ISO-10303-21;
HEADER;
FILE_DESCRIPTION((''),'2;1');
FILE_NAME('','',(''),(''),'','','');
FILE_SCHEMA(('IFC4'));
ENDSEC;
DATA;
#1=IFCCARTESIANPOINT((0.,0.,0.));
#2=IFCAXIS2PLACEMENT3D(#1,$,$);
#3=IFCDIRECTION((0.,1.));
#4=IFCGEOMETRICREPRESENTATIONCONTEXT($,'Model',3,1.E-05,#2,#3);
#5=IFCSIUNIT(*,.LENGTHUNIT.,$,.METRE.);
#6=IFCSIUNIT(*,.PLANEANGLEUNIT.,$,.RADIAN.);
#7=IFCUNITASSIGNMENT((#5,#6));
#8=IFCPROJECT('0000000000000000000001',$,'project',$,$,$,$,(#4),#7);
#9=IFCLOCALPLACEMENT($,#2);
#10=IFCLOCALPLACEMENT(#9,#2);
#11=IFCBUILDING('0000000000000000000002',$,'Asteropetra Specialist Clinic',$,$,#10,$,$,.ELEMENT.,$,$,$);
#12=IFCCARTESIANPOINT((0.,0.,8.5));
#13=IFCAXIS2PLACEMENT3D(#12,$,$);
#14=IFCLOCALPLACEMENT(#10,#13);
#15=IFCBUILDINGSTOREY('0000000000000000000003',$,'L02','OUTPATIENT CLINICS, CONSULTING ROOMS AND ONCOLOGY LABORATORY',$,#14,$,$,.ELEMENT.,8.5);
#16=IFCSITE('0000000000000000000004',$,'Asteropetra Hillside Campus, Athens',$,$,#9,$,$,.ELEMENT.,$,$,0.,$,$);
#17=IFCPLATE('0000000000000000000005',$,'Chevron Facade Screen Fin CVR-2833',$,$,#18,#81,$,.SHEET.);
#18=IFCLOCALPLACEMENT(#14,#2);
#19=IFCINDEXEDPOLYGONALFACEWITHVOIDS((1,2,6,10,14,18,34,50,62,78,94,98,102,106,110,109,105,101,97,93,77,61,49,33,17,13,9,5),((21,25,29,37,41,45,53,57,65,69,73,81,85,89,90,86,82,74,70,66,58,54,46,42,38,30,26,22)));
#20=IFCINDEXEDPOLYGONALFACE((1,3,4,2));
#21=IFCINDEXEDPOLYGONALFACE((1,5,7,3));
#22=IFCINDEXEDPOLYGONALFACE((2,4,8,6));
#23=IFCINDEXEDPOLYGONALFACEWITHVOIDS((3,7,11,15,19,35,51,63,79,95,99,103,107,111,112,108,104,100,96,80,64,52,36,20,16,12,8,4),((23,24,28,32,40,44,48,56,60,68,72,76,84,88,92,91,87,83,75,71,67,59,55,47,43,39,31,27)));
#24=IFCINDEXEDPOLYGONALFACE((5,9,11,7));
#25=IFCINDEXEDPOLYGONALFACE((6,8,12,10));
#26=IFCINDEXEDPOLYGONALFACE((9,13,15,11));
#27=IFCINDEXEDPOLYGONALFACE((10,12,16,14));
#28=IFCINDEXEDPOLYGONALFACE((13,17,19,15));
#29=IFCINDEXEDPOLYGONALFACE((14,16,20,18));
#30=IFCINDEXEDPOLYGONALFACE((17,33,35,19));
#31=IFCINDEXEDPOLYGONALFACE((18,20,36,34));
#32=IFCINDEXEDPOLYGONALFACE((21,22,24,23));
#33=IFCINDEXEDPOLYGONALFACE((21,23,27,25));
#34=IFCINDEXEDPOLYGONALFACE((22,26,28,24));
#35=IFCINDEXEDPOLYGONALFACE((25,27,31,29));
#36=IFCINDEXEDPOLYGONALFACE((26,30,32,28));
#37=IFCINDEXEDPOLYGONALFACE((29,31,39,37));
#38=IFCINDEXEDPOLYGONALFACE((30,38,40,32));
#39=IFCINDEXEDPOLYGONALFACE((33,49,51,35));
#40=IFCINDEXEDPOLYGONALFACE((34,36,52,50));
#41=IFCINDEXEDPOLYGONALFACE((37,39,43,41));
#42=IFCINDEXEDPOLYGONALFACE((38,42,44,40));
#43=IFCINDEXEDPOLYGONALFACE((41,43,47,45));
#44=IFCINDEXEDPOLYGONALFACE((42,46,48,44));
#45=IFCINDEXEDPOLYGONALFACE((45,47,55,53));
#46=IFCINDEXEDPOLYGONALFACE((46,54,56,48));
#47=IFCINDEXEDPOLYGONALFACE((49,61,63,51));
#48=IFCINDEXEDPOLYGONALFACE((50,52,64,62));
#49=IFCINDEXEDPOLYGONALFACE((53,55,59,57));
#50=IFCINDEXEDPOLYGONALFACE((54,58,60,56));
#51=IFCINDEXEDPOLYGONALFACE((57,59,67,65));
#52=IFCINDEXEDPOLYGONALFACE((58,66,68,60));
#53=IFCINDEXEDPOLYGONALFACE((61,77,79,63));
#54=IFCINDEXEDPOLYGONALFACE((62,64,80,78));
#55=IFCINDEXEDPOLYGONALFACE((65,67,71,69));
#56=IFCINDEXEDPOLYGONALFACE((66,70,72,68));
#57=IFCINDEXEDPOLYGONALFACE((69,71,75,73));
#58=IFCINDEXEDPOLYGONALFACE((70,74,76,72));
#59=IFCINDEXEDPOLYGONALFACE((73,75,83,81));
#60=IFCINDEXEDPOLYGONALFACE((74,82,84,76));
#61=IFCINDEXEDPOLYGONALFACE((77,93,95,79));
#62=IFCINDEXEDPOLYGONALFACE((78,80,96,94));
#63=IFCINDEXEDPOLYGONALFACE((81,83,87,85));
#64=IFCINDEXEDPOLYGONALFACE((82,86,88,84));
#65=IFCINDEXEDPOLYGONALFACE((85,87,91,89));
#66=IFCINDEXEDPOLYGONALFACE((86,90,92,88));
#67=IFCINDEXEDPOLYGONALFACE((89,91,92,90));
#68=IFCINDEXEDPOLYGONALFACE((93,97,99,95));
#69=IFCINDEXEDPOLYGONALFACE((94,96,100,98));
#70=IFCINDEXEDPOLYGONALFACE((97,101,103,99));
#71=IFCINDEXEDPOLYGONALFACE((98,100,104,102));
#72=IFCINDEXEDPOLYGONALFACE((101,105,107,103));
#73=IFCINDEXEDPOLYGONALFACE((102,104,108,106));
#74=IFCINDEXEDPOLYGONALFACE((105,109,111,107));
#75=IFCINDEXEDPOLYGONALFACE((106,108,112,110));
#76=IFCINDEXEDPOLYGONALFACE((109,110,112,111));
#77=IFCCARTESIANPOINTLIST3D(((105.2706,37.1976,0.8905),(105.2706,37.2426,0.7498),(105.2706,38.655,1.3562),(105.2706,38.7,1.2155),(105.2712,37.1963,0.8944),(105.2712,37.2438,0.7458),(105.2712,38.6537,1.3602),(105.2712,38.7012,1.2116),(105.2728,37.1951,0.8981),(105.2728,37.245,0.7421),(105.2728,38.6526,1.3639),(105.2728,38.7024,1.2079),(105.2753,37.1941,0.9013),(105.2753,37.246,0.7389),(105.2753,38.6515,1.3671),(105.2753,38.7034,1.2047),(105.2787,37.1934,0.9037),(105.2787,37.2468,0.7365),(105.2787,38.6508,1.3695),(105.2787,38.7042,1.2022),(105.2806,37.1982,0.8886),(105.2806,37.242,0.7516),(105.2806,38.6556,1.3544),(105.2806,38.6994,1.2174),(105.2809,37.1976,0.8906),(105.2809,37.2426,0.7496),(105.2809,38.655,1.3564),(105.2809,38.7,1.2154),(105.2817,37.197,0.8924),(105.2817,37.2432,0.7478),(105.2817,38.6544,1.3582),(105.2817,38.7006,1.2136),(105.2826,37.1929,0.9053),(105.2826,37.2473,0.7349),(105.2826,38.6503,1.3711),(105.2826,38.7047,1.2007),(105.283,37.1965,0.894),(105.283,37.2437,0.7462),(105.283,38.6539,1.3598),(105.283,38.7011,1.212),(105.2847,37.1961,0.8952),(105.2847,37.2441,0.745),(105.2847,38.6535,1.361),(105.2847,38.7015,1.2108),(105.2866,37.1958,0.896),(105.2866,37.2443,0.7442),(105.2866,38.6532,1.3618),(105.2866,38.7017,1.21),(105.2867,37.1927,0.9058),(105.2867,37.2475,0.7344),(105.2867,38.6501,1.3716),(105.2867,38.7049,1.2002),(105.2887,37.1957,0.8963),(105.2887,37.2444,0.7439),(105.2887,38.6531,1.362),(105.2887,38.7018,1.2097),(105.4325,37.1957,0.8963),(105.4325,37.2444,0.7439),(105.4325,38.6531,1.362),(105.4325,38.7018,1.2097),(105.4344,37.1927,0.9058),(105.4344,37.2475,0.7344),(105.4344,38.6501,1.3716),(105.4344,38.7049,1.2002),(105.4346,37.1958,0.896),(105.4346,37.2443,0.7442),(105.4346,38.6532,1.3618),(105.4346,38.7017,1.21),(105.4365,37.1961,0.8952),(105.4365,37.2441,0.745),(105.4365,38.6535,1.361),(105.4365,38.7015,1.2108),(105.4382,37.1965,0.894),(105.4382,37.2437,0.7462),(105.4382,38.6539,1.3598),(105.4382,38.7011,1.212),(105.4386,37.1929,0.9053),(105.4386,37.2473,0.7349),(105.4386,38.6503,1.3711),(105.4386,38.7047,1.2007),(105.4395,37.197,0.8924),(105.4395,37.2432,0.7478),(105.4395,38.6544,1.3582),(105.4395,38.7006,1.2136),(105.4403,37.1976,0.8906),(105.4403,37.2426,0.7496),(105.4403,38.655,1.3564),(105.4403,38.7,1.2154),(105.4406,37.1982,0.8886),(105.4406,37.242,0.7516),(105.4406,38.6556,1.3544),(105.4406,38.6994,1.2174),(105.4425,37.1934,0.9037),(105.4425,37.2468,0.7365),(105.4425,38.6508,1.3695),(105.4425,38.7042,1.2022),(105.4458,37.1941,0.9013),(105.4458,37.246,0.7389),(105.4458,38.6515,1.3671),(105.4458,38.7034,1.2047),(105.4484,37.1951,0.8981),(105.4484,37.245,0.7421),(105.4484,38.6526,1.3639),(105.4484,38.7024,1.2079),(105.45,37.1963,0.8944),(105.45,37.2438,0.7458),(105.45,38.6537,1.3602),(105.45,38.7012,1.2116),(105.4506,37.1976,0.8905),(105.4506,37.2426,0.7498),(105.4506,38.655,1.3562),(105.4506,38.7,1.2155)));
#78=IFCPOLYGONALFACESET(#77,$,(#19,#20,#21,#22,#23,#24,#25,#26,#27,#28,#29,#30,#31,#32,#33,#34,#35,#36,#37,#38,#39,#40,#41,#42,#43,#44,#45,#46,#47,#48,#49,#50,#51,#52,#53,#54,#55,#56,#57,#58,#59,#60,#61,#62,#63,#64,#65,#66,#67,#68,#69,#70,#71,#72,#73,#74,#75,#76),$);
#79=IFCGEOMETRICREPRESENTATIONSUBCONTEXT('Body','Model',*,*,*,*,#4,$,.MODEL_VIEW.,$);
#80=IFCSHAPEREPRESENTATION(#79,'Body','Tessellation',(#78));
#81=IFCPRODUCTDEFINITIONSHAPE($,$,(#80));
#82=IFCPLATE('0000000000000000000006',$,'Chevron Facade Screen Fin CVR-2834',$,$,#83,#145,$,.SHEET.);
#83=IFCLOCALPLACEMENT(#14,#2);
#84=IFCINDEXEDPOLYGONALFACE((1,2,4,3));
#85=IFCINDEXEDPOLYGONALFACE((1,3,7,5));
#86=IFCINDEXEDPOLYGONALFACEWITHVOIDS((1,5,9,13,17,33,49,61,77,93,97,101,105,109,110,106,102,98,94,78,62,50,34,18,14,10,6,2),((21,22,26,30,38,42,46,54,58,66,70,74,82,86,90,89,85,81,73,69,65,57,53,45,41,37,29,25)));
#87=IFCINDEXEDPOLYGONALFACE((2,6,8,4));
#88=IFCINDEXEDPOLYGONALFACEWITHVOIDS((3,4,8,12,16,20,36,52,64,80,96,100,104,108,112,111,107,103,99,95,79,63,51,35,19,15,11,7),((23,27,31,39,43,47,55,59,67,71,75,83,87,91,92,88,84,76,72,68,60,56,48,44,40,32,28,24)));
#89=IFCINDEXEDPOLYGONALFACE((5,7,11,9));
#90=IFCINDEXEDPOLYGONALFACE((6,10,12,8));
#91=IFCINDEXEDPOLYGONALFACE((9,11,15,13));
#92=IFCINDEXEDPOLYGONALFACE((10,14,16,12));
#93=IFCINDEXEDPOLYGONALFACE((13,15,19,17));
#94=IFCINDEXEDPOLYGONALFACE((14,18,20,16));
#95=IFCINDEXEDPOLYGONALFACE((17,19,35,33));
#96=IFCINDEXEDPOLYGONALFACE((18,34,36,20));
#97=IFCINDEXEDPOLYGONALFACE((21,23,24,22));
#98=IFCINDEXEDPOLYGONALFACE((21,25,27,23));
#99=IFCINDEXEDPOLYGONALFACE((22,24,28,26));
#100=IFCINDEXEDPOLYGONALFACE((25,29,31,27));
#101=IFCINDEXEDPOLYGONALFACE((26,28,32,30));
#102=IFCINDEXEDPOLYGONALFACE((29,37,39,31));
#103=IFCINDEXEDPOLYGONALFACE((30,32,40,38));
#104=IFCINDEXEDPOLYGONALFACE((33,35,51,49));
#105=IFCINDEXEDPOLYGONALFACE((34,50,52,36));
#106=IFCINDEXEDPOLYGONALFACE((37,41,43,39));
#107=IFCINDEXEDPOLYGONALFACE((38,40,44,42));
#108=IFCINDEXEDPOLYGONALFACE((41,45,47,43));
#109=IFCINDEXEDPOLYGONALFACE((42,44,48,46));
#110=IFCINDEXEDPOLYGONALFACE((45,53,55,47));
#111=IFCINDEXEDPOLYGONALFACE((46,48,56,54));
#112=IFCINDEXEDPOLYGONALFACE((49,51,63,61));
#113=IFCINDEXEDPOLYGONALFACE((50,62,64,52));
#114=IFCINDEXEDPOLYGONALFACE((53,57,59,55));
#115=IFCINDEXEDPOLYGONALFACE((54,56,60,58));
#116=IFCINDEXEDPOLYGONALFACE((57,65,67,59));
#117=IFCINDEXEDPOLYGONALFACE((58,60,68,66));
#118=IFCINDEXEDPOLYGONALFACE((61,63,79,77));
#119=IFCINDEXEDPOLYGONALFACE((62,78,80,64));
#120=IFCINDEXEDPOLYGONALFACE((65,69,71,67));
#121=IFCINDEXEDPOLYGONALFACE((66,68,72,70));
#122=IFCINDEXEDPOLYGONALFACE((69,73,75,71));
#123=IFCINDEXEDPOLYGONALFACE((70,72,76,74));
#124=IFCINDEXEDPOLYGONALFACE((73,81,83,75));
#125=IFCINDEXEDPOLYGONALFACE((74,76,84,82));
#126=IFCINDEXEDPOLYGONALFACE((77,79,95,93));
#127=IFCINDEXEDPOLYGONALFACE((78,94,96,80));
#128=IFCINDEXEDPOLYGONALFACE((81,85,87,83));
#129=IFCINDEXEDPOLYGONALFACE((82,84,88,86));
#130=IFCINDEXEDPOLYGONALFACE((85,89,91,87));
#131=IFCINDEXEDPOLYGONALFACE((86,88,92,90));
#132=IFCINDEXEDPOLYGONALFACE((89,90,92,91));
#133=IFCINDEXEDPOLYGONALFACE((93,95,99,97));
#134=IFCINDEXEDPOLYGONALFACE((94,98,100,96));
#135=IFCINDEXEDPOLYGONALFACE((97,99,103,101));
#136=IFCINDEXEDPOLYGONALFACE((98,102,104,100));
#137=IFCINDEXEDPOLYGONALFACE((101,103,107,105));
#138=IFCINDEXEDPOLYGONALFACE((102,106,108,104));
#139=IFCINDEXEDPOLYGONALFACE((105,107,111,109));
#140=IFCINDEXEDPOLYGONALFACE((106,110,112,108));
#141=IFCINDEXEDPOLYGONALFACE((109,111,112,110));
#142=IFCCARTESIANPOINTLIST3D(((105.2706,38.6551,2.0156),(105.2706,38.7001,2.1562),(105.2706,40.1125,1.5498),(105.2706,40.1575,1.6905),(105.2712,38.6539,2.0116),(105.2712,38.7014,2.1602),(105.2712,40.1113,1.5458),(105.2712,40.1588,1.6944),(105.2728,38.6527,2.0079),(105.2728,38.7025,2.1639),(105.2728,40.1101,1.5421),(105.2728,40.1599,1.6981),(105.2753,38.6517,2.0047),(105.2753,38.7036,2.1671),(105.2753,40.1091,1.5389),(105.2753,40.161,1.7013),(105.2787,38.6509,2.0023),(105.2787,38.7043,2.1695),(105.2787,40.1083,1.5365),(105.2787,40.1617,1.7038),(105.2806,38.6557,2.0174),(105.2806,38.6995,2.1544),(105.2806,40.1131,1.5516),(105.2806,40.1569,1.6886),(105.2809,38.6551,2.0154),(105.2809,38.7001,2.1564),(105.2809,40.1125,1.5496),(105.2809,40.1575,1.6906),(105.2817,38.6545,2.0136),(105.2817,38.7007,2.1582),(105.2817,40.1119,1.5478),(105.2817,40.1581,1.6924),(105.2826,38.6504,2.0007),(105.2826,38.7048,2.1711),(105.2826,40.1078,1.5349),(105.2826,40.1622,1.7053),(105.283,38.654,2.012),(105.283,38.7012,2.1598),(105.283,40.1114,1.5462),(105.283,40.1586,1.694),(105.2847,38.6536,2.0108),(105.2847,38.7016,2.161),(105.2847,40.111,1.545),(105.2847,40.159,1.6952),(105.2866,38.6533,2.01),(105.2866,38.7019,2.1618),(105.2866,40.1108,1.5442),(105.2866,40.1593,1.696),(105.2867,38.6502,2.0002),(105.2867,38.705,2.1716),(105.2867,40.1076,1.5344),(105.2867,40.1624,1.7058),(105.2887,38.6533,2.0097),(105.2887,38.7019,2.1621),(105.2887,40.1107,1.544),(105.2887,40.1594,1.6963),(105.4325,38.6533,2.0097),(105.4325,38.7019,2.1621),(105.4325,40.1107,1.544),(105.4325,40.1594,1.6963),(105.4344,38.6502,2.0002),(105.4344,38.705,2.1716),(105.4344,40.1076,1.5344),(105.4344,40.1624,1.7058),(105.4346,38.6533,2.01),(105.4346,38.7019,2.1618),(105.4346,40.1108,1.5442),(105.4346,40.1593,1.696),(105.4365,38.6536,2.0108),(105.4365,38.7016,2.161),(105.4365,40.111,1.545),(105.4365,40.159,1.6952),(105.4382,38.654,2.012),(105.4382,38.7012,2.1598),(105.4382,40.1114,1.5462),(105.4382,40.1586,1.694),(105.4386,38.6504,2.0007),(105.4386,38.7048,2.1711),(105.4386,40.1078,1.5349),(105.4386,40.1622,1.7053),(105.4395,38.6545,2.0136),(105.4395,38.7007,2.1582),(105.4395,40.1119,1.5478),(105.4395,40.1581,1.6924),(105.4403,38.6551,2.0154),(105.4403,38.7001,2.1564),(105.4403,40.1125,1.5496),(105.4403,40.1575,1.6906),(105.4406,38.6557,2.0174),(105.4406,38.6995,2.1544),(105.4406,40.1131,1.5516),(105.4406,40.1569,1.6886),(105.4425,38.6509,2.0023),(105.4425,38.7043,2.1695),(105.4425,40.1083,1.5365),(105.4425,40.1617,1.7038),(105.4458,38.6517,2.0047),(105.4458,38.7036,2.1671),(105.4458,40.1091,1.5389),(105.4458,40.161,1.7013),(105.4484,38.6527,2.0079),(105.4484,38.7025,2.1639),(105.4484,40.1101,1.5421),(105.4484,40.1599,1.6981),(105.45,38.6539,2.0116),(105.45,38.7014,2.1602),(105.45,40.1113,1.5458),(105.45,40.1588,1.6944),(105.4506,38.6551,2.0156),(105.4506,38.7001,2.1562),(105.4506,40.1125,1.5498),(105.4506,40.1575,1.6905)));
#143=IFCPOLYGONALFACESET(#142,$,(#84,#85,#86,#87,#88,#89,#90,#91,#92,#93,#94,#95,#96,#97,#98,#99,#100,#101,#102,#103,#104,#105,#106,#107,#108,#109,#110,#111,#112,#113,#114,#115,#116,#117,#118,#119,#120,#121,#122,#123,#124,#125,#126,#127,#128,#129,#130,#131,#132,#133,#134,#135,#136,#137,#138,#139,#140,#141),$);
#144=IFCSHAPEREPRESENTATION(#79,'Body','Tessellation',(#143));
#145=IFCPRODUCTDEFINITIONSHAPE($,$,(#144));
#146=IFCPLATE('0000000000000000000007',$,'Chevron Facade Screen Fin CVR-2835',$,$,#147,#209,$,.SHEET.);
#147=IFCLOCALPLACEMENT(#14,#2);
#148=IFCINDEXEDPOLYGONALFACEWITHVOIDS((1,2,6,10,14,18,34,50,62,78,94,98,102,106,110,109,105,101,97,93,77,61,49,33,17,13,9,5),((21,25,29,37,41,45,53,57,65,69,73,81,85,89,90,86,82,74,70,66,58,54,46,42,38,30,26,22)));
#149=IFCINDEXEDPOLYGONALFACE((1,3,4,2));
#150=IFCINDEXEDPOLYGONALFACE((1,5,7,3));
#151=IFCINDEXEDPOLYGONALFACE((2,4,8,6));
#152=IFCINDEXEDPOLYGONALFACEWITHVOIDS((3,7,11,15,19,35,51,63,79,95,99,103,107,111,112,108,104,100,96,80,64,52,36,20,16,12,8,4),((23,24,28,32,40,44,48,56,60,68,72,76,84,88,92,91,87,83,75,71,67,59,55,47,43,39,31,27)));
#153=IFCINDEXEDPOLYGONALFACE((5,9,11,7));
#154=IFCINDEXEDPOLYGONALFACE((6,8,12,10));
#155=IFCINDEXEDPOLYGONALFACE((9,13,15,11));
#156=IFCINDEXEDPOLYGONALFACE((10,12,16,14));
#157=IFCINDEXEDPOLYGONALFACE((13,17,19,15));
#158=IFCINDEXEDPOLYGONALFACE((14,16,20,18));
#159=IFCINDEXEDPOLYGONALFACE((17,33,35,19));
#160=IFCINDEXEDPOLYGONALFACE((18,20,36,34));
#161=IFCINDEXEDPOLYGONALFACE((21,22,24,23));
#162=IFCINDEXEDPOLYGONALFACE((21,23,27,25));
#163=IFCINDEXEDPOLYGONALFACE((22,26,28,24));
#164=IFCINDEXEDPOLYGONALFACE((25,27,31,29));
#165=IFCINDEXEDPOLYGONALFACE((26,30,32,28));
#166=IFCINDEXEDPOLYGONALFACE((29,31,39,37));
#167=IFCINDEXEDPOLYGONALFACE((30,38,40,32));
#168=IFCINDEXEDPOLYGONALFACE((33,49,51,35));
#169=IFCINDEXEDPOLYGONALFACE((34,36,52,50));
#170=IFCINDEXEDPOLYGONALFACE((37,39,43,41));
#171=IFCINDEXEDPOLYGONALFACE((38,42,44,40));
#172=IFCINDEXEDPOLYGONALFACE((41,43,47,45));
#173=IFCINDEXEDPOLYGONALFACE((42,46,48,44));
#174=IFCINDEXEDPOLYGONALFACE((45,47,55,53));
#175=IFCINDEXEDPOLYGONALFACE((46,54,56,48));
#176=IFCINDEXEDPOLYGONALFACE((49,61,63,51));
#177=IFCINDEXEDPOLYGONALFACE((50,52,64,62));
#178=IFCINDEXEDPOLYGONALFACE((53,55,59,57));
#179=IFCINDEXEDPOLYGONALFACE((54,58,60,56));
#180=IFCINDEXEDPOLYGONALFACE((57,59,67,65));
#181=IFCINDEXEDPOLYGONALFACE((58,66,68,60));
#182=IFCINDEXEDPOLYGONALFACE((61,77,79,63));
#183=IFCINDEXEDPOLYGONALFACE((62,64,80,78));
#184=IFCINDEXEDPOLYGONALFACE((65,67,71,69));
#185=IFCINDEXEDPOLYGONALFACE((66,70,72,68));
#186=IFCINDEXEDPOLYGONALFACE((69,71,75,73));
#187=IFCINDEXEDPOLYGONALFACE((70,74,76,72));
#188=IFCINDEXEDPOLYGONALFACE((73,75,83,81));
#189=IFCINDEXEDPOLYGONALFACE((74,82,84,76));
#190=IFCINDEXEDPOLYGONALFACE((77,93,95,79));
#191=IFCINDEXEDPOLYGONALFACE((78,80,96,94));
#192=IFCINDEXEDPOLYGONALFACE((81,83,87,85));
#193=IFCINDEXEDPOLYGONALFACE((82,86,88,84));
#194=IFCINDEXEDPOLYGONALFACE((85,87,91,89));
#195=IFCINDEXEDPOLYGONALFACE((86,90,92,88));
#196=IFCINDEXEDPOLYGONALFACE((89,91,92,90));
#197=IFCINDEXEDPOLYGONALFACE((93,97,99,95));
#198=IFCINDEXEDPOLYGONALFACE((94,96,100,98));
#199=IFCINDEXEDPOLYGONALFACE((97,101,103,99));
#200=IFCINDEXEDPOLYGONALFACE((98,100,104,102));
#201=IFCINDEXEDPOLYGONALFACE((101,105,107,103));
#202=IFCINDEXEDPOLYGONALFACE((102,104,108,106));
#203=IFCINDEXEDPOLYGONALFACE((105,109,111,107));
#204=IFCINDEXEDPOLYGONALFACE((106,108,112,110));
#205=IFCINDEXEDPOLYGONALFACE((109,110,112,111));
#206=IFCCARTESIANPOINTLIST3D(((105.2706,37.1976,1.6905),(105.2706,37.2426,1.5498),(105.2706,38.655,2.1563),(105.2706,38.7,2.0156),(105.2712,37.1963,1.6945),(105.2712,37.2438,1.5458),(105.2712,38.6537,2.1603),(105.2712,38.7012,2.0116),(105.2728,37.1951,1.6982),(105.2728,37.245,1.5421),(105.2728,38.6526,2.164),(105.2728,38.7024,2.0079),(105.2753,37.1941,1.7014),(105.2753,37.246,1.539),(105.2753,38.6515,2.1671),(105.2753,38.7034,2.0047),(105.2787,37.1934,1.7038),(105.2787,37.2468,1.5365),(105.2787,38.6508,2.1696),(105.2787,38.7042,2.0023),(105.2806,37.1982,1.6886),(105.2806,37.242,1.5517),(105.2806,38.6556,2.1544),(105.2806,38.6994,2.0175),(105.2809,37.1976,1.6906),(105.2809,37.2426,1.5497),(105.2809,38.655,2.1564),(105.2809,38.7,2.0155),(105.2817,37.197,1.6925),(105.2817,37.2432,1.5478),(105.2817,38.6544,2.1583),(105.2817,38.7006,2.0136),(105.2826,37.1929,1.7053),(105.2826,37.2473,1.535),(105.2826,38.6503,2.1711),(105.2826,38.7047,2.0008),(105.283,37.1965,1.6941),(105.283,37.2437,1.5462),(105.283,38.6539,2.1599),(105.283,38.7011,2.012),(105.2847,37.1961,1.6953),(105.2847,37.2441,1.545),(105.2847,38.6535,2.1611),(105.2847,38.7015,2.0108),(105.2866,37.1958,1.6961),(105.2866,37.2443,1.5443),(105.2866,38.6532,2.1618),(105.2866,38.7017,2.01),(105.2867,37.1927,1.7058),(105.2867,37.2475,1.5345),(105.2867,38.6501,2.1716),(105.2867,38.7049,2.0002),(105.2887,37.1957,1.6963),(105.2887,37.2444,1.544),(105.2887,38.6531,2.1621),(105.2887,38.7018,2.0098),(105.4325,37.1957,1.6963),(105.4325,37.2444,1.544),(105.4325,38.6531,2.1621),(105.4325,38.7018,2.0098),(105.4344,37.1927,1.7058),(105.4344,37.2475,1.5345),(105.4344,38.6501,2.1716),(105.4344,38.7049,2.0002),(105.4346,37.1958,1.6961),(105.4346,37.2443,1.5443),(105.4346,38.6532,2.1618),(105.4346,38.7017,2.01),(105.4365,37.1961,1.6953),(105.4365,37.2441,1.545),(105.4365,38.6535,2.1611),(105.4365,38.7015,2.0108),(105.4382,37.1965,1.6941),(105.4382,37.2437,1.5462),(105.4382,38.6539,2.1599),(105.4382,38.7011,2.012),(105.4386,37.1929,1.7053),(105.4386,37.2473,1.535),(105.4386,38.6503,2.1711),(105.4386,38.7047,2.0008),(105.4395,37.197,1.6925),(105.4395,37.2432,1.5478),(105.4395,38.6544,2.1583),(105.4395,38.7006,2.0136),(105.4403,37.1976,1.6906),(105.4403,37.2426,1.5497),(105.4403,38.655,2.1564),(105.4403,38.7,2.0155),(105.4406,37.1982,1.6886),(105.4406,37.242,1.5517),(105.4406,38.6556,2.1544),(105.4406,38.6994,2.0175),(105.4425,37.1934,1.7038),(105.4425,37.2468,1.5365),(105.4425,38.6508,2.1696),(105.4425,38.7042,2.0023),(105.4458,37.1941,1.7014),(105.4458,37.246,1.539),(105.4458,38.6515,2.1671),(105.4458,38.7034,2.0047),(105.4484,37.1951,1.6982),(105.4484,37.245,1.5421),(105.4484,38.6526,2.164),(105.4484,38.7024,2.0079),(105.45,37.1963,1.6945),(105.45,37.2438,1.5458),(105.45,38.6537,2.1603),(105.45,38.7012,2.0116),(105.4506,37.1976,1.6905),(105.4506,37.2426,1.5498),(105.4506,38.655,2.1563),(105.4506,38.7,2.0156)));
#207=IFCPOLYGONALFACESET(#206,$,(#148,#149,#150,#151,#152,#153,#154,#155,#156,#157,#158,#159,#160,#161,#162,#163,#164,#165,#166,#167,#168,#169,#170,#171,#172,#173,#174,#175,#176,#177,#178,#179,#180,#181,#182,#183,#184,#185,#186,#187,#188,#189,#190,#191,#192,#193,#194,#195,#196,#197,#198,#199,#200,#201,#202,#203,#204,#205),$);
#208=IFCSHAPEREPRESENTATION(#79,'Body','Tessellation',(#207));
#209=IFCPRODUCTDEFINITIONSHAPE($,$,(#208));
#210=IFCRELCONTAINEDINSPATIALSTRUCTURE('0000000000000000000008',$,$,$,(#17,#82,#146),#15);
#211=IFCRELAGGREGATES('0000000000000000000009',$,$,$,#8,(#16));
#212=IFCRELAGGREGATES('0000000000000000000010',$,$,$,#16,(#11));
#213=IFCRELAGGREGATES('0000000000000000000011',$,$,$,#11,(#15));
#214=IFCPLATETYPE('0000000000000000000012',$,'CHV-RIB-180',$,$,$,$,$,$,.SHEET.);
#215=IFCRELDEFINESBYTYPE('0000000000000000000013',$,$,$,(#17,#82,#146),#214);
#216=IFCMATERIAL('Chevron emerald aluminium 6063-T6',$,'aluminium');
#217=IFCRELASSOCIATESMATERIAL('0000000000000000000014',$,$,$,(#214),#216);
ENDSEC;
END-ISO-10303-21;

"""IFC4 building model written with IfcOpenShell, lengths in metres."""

from ifc_helpers import new_model, si_unit, direction, frame, origin, origin_2d, place, context, subcontext, project, spatial, hollow_rectangle, extrude, material, material_profile, profile_set, type_object, element, save


model = new_model("IFC4")

# Units and contexts
model_context = context("Model", 3, precision=1e-05, world=origin(), true_north=direction((0.0, 1.0)))
body_context = subcontext(model_context, "Body", "Model", "MODEL_VIEW")
ifc_project = project(units=[si_unit("LENGTHUNIT", "METRE"), si_unit("PLANEANGLEUNIT", "RADIAN")], contexts=[model_context])

# Site, building, storey
site_placement = place(None, origin())
site = spatial("IfcSite", under=ifc_project, at=site_placement, Name="Asteropetra Hillside Campus, Athens", CompositionType="ELEMENT", RefElevation=0.0)
building_placement = place(site_placement, origin())
building = spatial("IfcBuilding", under=site, at=building_placement, Name="Asteropetra Specialist Clinic", CompositionType="ELEMENT")
storey_placement = place(building_placement, frame((0.0, 0.0, 8.5)))
storey = spatial("IfcBuildingStorey", under=building, at=storey_placement, Name="L02", Description="OUTPATIENT CLINICS, CONSULTING ROOMS AND ONCOLOGY LABORATORY", CompositionType="ELEMENT", Elevation=8.5)

# Plates
ifc_material_1 = material(Name="Chevron emerald aluminium 6063-T6", Category="aluminium")
ifc_material_profile = material_profile(ifc_material_1, hollow_rectangle(XDim=0.1799, YDim=0.1799, WallThickness=0.01, InnerFilletRadius=0.0081, OuterFilletRadius=0.0161, at=origin_2d()), Name="SHS 180x180x10.0")
ifc_profile_set = profile_set([ifc_material_profile], Name="Chevron emerald aluminium 6063-T6")
plate_type_1 = type_object("IfcPlateType", Name="CHV-RIB-180", PredefinedType="SHEET", material=ifc_profile_set)
for number, where, z_axis, x_axis, name in (
    (1, (105.3606, 38.6775, 1.2859), (0.0, -0.952535, -0.304428), (1.0, 0.0, 0.0), "Chevron Facade Screen Fin CVR-2833"),
    (2, (105.3606, 40.135, 1.6201), (0.0, -0.952535, 0.304428), (1.0, 0.0, 0.0), "Chevron Facade Screen Fin CVR-2834"),
    (3, (105.3606, 38.6775, 2.0859), (0.0, -0.952535, -0.304428), (1.0, 0.0, 0.0), "Chevron Facade Screen Fin CVR-2835"),
):
    element("IfcPlate", number, at=place(storey_placement, frame(where, z_axis=z_axis, x_axis=x_axis)), inside=storey, type_object=plate_type_1, Name=name, PredefinedType="SHEET", context=body_context, shape_type="SweptSolid", body=[
        extrude(hollow_rectangle(XDim=0.1799, YDim=0.1799, WallThickness=0.01, InnerFilletRadius=0.0081, OuterFilletRadius=0.0161, at=origin_2d()), origin(), (0.0, 0.0, 1.0), 1.53),
    ])

save(model, "model.ifc")
